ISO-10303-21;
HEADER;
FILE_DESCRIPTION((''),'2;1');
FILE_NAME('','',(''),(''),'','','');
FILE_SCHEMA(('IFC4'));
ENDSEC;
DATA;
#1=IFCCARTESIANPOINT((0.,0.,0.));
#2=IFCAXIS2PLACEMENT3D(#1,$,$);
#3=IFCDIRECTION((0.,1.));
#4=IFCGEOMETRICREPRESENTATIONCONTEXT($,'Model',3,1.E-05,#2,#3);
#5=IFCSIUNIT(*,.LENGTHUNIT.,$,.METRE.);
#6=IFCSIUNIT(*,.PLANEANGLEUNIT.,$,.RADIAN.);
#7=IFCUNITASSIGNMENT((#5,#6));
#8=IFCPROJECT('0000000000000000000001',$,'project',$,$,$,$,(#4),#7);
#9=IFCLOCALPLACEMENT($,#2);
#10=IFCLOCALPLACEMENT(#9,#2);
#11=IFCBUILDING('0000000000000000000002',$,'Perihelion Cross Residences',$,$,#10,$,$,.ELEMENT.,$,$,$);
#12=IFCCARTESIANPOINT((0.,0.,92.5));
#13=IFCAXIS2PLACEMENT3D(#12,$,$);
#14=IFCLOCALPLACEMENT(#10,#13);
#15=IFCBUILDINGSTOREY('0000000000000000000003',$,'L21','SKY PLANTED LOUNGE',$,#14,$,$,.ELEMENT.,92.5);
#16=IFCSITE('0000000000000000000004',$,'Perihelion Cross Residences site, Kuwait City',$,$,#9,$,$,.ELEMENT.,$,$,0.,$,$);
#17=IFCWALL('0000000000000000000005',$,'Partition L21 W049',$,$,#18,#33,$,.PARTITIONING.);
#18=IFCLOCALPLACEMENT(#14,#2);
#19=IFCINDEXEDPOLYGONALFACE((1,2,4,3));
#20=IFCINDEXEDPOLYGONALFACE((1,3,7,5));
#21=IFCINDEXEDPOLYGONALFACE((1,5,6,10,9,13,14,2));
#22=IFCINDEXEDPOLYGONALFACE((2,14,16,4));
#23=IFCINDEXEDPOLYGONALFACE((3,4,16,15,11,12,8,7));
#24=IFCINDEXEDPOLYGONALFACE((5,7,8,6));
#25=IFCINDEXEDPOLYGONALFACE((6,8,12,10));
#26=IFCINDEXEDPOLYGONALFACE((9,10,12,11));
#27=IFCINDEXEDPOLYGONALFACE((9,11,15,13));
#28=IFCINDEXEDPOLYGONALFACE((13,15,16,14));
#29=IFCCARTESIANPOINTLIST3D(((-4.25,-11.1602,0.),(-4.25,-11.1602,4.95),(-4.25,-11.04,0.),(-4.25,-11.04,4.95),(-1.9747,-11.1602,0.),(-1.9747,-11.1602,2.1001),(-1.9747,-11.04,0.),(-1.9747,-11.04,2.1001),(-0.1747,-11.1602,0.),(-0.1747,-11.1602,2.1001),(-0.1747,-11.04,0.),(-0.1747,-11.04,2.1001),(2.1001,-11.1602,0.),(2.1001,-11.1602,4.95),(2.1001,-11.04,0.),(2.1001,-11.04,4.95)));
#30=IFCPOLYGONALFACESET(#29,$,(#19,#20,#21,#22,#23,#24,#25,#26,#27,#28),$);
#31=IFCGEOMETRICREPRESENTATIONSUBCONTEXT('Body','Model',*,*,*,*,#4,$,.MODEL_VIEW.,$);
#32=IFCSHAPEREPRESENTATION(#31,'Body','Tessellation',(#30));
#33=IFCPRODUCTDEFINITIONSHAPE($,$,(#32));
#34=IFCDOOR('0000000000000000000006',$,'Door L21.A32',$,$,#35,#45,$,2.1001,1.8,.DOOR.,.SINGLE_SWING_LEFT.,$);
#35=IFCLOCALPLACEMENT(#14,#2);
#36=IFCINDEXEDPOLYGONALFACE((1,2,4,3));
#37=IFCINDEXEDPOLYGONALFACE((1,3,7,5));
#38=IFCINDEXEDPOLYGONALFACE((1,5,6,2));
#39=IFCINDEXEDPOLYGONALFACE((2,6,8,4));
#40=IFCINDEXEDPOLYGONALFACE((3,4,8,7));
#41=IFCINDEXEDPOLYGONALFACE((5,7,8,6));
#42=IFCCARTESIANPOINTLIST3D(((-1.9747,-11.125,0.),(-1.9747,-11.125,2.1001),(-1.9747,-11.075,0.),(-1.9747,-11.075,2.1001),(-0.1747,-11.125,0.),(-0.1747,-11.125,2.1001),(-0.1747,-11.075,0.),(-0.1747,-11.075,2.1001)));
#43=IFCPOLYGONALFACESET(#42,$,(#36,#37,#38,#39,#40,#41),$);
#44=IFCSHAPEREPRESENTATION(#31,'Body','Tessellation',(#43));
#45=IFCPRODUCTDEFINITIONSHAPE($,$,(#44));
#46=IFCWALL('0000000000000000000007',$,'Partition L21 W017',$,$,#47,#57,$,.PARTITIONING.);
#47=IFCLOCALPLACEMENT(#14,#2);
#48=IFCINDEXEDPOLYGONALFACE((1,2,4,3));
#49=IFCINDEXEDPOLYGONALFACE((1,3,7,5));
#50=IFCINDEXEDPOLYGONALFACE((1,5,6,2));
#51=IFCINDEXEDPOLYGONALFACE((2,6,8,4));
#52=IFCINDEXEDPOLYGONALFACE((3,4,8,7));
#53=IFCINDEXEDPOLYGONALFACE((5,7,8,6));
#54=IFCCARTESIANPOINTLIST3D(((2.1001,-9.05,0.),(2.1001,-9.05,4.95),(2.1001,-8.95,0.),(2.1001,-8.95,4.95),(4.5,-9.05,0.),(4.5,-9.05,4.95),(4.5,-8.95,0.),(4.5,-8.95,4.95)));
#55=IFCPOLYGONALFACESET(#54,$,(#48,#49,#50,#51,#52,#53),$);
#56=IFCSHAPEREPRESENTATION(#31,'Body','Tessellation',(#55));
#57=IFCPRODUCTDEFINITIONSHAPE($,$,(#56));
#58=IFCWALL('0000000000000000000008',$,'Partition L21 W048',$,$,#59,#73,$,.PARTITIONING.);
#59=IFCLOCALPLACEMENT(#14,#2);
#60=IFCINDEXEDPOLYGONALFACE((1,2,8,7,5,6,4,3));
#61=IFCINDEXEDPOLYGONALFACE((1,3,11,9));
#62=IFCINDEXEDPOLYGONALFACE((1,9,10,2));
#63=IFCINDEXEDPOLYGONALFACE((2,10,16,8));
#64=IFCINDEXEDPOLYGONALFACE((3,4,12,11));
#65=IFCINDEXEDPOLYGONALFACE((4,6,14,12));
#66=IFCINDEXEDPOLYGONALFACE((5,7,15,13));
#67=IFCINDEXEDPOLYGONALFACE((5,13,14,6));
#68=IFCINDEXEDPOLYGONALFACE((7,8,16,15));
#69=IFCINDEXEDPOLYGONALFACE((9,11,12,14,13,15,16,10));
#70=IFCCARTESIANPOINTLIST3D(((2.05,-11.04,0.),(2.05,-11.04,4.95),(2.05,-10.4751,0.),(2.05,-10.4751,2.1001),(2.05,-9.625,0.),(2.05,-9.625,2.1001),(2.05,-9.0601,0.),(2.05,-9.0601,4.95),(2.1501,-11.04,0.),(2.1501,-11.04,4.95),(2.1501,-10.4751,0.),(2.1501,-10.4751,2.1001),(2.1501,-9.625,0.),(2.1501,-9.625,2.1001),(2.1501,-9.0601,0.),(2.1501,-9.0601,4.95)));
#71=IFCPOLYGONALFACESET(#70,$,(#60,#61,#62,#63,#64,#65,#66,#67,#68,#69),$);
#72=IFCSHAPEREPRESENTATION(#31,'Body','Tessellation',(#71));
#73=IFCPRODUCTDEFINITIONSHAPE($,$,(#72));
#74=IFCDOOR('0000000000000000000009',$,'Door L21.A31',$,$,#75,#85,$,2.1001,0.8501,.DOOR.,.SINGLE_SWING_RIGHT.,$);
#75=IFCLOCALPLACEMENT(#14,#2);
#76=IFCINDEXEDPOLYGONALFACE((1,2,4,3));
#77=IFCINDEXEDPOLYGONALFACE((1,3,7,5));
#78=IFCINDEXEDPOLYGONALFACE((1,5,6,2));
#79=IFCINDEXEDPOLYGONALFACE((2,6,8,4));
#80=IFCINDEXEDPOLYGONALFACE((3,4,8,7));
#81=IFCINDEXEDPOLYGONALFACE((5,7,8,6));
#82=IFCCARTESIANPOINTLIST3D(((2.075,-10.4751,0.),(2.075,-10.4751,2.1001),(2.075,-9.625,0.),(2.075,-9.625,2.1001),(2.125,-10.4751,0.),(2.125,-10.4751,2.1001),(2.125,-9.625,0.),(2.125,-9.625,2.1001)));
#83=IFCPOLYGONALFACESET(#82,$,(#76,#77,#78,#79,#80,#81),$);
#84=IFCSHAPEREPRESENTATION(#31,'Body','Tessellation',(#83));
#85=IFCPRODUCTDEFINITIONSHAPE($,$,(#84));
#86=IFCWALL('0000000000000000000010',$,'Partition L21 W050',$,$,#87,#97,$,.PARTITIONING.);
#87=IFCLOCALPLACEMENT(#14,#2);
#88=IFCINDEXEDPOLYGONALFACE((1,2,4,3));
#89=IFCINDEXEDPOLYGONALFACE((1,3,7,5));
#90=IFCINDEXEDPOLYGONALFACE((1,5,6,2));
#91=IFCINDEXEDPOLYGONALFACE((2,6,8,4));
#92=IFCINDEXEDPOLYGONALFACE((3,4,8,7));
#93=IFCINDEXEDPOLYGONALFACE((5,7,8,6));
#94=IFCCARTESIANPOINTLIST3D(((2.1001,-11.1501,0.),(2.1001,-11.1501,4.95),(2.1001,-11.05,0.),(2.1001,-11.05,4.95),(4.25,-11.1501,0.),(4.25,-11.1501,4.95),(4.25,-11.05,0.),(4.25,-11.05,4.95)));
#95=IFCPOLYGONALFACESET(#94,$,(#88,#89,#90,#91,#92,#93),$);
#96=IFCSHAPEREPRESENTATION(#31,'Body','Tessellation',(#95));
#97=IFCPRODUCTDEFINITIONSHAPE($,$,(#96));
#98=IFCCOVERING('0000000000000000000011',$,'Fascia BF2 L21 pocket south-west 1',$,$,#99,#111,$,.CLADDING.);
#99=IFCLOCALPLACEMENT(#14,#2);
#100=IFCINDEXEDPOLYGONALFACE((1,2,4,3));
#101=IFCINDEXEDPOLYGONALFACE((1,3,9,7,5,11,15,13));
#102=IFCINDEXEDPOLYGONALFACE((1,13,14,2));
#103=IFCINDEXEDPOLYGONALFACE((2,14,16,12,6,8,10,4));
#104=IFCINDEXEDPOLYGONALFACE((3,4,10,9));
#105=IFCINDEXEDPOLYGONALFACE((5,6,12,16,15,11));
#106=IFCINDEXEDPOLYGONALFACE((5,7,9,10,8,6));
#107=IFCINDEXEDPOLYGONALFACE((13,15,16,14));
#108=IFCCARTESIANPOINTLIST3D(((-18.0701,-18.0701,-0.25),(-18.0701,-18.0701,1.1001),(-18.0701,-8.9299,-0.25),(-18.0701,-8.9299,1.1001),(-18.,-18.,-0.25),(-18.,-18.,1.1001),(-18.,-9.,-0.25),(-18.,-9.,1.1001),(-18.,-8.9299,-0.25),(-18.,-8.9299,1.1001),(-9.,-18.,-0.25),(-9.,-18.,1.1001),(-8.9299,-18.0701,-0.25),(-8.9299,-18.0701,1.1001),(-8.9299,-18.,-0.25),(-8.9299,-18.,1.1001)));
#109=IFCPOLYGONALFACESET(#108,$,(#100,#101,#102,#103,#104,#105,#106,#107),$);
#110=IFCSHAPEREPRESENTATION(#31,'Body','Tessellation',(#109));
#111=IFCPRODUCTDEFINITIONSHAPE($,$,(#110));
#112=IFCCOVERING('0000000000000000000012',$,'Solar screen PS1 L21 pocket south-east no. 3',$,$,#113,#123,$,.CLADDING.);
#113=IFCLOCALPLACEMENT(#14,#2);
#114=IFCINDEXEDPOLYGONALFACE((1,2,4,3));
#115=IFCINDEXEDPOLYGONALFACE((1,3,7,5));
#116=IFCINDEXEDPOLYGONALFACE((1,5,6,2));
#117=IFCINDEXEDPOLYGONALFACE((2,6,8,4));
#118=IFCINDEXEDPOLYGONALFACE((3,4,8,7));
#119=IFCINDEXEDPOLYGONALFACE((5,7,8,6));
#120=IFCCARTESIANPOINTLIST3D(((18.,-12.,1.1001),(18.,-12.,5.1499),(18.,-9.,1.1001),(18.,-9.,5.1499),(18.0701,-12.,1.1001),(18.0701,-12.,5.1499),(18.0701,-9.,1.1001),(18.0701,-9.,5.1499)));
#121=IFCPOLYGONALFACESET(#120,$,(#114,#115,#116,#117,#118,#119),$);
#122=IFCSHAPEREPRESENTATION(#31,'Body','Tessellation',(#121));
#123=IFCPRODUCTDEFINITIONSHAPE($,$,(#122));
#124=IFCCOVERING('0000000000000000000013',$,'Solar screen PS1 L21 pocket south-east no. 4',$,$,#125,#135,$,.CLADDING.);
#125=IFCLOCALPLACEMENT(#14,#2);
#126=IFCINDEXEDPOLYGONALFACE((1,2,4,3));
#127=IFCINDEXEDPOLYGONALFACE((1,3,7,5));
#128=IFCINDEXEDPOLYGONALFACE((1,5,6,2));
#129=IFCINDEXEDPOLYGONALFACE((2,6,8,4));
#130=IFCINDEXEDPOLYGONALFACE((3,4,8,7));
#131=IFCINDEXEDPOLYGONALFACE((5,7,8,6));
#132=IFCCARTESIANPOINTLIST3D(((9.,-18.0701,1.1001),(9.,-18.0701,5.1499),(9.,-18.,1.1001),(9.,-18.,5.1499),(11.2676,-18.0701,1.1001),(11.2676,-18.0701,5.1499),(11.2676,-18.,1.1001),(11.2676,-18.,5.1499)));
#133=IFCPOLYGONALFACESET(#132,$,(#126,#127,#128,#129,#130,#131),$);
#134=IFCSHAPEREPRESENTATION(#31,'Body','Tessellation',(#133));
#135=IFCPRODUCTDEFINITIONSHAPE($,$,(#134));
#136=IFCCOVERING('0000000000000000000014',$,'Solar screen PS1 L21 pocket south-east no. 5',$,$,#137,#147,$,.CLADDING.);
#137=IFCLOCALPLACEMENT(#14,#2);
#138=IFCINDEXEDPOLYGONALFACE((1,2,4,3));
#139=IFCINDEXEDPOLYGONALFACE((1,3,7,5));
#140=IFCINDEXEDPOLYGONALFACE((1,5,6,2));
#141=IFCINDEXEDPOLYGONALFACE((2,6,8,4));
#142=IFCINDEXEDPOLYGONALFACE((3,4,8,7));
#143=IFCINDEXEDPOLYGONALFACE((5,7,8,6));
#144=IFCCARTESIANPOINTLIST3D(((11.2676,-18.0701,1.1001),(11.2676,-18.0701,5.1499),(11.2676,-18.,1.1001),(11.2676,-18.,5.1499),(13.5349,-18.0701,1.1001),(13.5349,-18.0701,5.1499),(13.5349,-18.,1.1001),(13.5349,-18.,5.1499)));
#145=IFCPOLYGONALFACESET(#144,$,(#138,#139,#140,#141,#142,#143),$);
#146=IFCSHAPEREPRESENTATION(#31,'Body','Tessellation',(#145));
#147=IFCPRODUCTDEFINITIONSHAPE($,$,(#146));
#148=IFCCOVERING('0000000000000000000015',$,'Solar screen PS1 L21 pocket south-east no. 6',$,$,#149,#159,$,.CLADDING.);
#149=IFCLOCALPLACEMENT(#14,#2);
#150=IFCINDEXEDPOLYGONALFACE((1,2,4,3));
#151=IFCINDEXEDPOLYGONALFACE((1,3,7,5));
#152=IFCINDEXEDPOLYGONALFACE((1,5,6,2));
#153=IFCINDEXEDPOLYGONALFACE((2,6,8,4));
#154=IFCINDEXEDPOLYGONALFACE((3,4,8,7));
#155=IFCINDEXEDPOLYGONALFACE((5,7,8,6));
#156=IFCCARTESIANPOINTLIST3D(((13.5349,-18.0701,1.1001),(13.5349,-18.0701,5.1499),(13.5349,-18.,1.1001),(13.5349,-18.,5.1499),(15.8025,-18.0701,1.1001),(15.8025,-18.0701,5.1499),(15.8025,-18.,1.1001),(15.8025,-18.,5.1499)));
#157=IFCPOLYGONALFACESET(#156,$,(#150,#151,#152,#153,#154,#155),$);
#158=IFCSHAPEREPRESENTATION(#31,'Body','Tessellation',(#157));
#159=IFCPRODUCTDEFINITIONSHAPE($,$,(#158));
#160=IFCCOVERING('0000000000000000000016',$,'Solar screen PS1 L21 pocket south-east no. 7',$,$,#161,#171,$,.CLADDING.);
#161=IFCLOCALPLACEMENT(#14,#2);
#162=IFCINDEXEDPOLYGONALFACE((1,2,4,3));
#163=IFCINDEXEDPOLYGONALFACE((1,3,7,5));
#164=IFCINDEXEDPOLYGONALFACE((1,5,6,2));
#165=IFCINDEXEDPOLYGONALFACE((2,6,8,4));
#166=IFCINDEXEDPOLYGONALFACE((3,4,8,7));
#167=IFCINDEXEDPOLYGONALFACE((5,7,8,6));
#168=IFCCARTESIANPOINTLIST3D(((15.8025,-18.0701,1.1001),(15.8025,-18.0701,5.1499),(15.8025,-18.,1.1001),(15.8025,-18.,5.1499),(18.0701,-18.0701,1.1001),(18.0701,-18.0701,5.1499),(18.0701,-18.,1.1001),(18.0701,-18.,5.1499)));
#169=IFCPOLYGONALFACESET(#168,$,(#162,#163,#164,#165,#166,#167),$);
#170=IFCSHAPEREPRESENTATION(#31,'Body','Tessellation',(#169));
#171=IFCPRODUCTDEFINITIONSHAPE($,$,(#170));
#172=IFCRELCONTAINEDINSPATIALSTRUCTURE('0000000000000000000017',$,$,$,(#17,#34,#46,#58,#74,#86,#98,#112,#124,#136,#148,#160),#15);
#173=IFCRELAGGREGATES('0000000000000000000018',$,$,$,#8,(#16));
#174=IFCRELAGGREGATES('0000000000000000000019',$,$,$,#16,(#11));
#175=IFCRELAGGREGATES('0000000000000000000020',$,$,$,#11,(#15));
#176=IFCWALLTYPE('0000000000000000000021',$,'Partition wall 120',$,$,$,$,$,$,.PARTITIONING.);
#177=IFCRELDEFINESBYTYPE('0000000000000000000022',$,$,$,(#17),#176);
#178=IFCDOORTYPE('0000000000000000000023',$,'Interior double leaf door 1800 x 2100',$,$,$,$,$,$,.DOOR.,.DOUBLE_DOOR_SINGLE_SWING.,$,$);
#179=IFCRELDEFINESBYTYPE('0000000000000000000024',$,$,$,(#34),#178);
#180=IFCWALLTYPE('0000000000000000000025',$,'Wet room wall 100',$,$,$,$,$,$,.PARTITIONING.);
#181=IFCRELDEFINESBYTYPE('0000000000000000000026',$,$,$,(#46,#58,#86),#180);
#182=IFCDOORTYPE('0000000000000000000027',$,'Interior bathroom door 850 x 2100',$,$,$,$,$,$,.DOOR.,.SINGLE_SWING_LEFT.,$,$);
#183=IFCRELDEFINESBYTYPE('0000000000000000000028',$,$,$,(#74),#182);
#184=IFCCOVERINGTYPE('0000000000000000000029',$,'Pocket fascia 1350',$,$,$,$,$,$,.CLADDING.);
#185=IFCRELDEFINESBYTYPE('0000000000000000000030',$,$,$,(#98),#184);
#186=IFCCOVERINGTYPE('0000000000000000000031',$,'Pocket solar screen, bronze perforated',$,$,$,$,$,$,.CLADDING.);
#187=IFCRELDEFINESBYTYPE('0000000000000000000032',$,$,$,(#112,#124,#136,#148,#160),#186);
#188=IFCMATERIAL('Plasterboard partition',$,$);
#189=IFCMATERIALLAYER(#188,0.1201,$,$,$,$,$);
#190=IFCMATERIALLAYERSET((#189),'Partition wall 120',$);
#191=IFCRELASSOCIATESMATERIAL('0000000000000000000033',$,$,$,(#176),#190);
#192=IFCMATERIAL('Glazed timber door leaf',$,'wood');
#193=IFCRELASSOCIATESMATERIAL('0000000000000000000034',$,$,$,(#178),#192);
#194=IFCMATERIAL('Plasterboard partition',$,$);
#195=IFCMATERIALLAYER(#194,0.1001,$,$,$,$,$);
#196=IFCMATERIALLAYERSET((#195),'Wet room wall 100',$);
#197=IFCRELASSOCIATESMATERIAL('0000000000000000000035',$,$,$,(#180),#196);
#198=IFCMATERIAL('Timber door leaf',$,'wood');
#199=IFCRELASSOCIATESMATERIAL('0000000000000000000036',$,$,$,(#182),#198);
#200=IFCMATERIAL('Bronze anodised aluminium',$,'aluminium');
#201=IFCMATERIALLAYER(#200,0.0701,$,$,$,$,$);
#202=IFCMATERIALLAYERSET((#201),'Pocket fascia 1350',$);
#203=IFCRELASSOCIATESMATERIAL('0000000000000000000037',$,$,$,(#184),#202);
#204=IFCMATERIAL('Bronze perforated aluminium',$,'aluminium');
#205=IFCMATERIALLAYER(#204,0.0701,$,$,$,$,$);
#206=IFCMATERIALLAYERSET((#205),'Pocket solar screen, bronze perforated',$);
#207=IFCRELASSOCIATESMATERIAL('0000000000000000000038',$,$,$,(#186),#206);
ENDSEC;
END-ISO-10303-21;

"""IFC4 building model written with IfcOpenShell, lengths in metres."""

from ifc_helpers import new_model, si_unit, direction, frame, frame_2d, origin, place, context, subcontext, project, spatial, polyline, rectangle, outline, extrude, material, layer, layer_set, type_object, element, fill, save


model = new_model("IFC4")

# Units and contexts
model_context = context("Model", 3, precision=1e-05, world=origin(), true_north=direction((0.0, 1.0)))
body_context = subcontext(model_context, "Body", "Model", "MODEL_VIEW")
ifc_project = project(units=[si_unit("LENGTHUNIT", "METRE"), si_unit("PLANEANGLEUNIT", "RADIAN")], contexts=[model_context])

# Site, building, storey
site_placement = place(None, origin())
site = spatial("IfcSite", under=ifc_project, at=site_placement, Name="Perihelion Cross Residences site, Kuwait City", CompositionType="ELEMENT", RefElevation=0.0)
building_placement = place(site_placement, origin())
building = spatial("IfcBuilding", under=site, at=building_placement, Name="Perihelion Cross Residences", CompositionType="ELEMENT")
storey_placement = place(building_placement, frame((0.0, 0.0, 92.5)))
storey = spatial("IfcBuildingStorey", under=building, at=storey_placement, Name="L21", Description="SKY PLANTED LOUNGE", CompositionType="ELEMENT", Elevation=92.5)

# Shared definitions
ifc_material_1 = material(Name="Plasterboard partition")
ifc_layer_1 = layer(ifc_material_1, 0.1201)
ifc_layer_set_1 = layer_set([ifc_layer_1], Name="Partition wall 120")
wall_type_1 = type_object("IfcWallType", Name="Partition wall 120", PredefinedType="PARTITIONING", material=ifc_layer_set_1)

# Shared definitions
ifc_material_2 = material(Name="Glazed timber door leaf", Category="wood")
door_type_1 = type_object("IfcDoorType", Name="Interior double leaf door 1800 x 2100", OperationType="DOUBLE_DOOR_SINGLE_SWING", PredefinedType="DOOR", material=ifc_material_2)

# Wall, opening, door
wall_1_placement = place(storey_placement, frame((2.1001, -11.1001, 0.0), z_axis=(0.0, 0.0, 1.0), x_axis=(-1.0, 0.0, 0.0)))
wall_1 = element("IfcWall", 1, at=wall_1_placement, inside=storey, type_object=wall_type_1, Name="Partition L21 W049", PredefinedType="PARTITIONING", context=body_context, shape_type="SweptSolid", body=[
    extrude(rectangle(XDim=6.3501, YDim=0.1201, at=frame_2d((3.175, 0.0))), origin(), (0.0, 0.0, 1.0), 4.95),
])
opening_1_placement = place(wall_1_placement, frame((2.2749, 0.0, 0.0)))
opening_1 = element("IfcOpeningElement", 2, at=opening_1_placement, cuts=wall_1, PredefinedType="OPENING", context=body_context, shape_type="SweptSolid", body=[
    extrude(rectangle(XDim=1.8, YDim=2.1001, at=frame_2d((0.8999, 1.05))), frame((0.0, 0.0701, 0.0), z_axis=(0.0, -1.0, 0.0), x_axis=(1.0, 0.0, 0.0)), (0.0, 0.0, 1.0), 0.1401),
])
door_1_placement = place(opening_1_placement, origin())
door_1 = element("IfcDoor", 3, at=door_1_placement, inside=storey, type_object=door_type_1, Name="Door L21.A32", OperationType="SINGLE_SWING_LEFT", OverallHeight=2.1001, OverallWidth=1.8, PredefinedType="DOOR", context=body_context, shape_type="SweptSolid", body=[
    extrude(rectangle(XDim=1.8, YDim=2.1001, at=frame_2d((0.8999, 1.05))), frame((0.0, 0.0249, 0.0), z_axis=(0.0, -1.0, 0.0), x_axis=(1.0, 0.0, 0.0)), (0.0, 0.0, 1.0), 0.05),
])
fill(opening_1, door_1)

# Wall
ifc_material_3 = material(Name="Plasterboard partition")
ifc_layer_2 = layer(ifc_material_3, 0.1001)
ifc_layer_set_2 = layer_set([ifc_layer_2], Name="Wet room wall 100")
wall_type_2 = type_object("IfcWallType", Name="Wet room wall 100", PredefinedType="PARTITIONING", material=ifc_layer_set_2)
wall_2_placement = place(storey_placement, frame((4.5, -9.0, 0.0), z_axis=(0.0, 0.0, 1.0), x_axis=(-1.0, 0.0, 0.0)))
element("IfcWall", 4, at=wall_2_placement, inside=storey, type_object=wall_type_2, Name="Partition L21 W017", PredefinedType="PARTITIONING", context=body_context, shape_type="SweptSolid", body=[
    extrude(rectangle(XDim=2.3999, YDim=0.1001, at=frame_2d((1.2, 0.0))), origin(), (0.0, 0.0, 1.0), 4.95),
])

# Wall, opening, door
wall_3_placement = place(storey_placement, frame((2.1001, -9.0601, 0.0), z_axis=(0.0, 0.0, 1.0), x_axis=(0.0, -1.0, 0.0)))
wall_3 = element("IfcWall", 5, at=wall_3_placement, inside=storey, type_object=wall_type_2, Name="Partition L21 W048", PredefinedType="PARTITIONING", context=body_context, shape_type="SweptSolid", body=[
    extrude(rectangle(XDim=1.98, YDim=0.1001, at=frame_2d((0.99, 0.0))), origin(), (0.0, 0.0, 1.0), 4.95),
])
opening_2_placement = place(wall_3_placement, frame((0.5649, 0.0, 0.0)))
opening_2 = element("IfcOpeningElement", 6, at=opening_2_placement, cuts=wall_3, PredefinedType="OPENING", context=body_context, shape_type="SweptSolid", body=[
    extrude(rectangle(XDim=0.8501, YDim=2.1001, at=frame_2d((0.425, 1.05))), frame((0.0, 0.0601, 0.0), z_axis=(0.0, -1.0, 0.0), x_axis=(1.0, 0.0, 0.0)), (0.0, 0.0, 1.0), 0.1201),
])
ifc_material_4 = material(Name="Timber door leaf", Category="wood")
door_type_2 = type_object("IfcDoorType", Name="Interior bathroom door 850 x 2100", OperationType="SINGLE_SWING_LEFT", PredefinedType="DOOR", material=ifc_material_4)
door_2_placement = place(opening_2_placement, origin())
door_2 = element("IfcDoor", 7, at=door_2_placement, inside=storey, type_object=door_type_2, Name="Door L21.A31", OperationType="SINGLE_SWING_RIGHT", OverallHeight=2.1001, OverallWidth=0.8501, PredefinedType="DOOR", context=body_context, shape_type="SweptSolid", body=[
    extrude(rectangle(XDim=0.8501, YDim=2.1001, at=frame_2d((0.425, 1.05))), frame((0.0, 0.0249, 0.0), z_axis=(0.0, -1.0, 0.0), x_axis=(1.0, 0.0, 0.0)), (0.0, 0.0, 1.0), 0.05),
])
fill(opening_2, door_2)

# Wall
wall_4_placement = place(storey_placement, frame((4.25, -11.1001, 0.0), z_axis=(0.0, 0.0, 1.0), x_axis=(-1.0, 0.0, 0.0)))
element("IfcWall", 8, at=wall_4_placement, inside=storey, type_object=wall_type_2, Name="Partition L21 W050", PredefinedType="PARTITIONING", context=body_context, shape_type="SweptSolid", body=[
    extrude(rectangle(XDim=2.1499, YDim=0.1001, at=frame_2d((1.075, 0.0))), origin(), (0.0, 0.0, 1.0), 4.95),
])

# Coverings
ifc_material_5 = material(Name="Bronze anodised aluminium", Category="aluminium")
ifc_layer_3 = layer(ifc_material_5, 0.0701)
ifc_layer_set_3 = layer_set([ifc_layer_3], Name="Pocket fascia 1350")
covering_type_1 = type_object("IfcCoveringType", Name="Pocket fascia 1350", PredefinedType="CLADDING", material=ifc_layer_set_3)
covering_1_placement = place(storey_placement, frame((0.0, 0.0, -0.25)))
element("IfcCovering", 9, at=covering_1_placement, inside=storey, type_object=covering_type_1, Name="Fascia BF2 L21 pocket south-west 1", PredefinedType="CLADDING", context=body_context, shape_type="SweptSolid", body=[
    extrude(outline(polyline([(-18.0701, -18.0701), (-8.9299, -18.0701), (-8.9299, -18.0), (-9.0, -18.0), (-9.0, -18.0), (-18.0, -18.0), (-18.0, -9.0), (-18.0, -9.0), (-18.0, -8.9299), (-18.0701, -8.9299), (-18.0701, -18.0701)])), origin(), (0.0, 0.0, 1.0), 1.3501),
])
ifc_material_6 = material(Name="Bronze perforated aluminium", Category="aluminium")
ifc_layer_4 = layer(ifc_material_6, 0.0701)
ifc_layer_set_4 = layer_set([ifc_layer_4], Name="Pocket solar screen, bronze perforated")
covering_type_2 = type_object("IfcCoveringType", Name="Pocket solar screen, bronze perforated", PredefinedType="CLADDING", material=ifc_layer_set_4)
covering_2_placement = place(storey_placement, frame((0.0, 0.0, 1.1001)))
element("IfcCovering", 10, at=covering_2_placement, inside=storey, type_object=covering_type_2, Name="Solar screen PS1 L21 pocket south-east no. 3", PredefinedType="CLADDING", context=body_context, shape_type="SweptSolid", body=[
    extrude(outline(polyline([(18.0701, -12.0), (18.0701, -9.0), (18.0, -9.0), (18.0, -12.0), (18.0701, -12.0)])), origin(), (0.0, 0.0, 1.0), 4.0498),
])
covering_3_placement = place(storey_placement, frame((0.0, 0.0, 1.1001)))
element("IfcCovering", 11, at=covering_3_placement, inside=storey, type_object=covering_type_2, Name="Solar screen PS1 L21 pocket south-east no. 4", PredefinedType="CLADDING", context=body_context, shape_type="SweptSolid", body=[
    extrude(outline(polyline([(11.2676, -18.0701), (11.2676, -18.0), (9.0, -18.0), (9.0, -18.0701), (11.2676, -18.0701)])), origin(), (0.0, 0.0, 1.0), 4.0498),
])
covering_4_placement = place(storey_placement, frame((0.0, 0.0, 1.1001)))
element("IfcCovering", 12, at=covering_4_placement, inside=storey, type_object=covering_type_2, Name="Solar screen PS1 L21 pocket south-east no. 5", PredefinedType="CLADDING", context=body_context, shape_type="SweptSolid", body=[
    extrude(outline(polyline([(13.5349, -18.0701), (13.5349, -18.0), (11.2676, -18.0), (11.2676, -18.0701), (13.5349, -18.0701)])), origin(), (0.0, 0.0, 1.0), 4.0498),
])
covering_5_placement = place(storey_placement, frame((0.0, 0.0, 1.1001)))
element("IfcCovering", 13, at=covering_5_placement, inside=storey, type_object=covering_type_2, Name="Solar screen PS1 L21 pocket south-east no. 6", PredefinedType="CLADDING", context=body_context, shape_type="SweptSolid", body=[
    extrude(outline(polyline([(15.8025, -18.0701), (15.8025, -18.0), (13.5349, -18.0), (13.5349, -18.0701), (15.8025, -18.0701)])), origin(), (0.0, 0.0, 1.0), 4.0498),
])
covering_6_placement = place(storey_placement, frame((0.0, 0.0, 1.1001)))
element("IfcCovering", 14, at=covering_6_placement, inside=storey, type_object=covering_type_2, Name="Solar screen PS1 L21 pocket south-east no. 7", PredefinedType="CLADDING", context=body_context, shape_type="SweptSolid", body=[
    extrude(outline(polyline([(18.0701, -18.0701), (18.0701, -18.0), (15.8025, -18.0), (15.8025, -18.0701), (18.0701, -18.0701)])), origin(), (0.0, 0.0, 1.0), 4.0498),
])

save(model, "model.ifc")
